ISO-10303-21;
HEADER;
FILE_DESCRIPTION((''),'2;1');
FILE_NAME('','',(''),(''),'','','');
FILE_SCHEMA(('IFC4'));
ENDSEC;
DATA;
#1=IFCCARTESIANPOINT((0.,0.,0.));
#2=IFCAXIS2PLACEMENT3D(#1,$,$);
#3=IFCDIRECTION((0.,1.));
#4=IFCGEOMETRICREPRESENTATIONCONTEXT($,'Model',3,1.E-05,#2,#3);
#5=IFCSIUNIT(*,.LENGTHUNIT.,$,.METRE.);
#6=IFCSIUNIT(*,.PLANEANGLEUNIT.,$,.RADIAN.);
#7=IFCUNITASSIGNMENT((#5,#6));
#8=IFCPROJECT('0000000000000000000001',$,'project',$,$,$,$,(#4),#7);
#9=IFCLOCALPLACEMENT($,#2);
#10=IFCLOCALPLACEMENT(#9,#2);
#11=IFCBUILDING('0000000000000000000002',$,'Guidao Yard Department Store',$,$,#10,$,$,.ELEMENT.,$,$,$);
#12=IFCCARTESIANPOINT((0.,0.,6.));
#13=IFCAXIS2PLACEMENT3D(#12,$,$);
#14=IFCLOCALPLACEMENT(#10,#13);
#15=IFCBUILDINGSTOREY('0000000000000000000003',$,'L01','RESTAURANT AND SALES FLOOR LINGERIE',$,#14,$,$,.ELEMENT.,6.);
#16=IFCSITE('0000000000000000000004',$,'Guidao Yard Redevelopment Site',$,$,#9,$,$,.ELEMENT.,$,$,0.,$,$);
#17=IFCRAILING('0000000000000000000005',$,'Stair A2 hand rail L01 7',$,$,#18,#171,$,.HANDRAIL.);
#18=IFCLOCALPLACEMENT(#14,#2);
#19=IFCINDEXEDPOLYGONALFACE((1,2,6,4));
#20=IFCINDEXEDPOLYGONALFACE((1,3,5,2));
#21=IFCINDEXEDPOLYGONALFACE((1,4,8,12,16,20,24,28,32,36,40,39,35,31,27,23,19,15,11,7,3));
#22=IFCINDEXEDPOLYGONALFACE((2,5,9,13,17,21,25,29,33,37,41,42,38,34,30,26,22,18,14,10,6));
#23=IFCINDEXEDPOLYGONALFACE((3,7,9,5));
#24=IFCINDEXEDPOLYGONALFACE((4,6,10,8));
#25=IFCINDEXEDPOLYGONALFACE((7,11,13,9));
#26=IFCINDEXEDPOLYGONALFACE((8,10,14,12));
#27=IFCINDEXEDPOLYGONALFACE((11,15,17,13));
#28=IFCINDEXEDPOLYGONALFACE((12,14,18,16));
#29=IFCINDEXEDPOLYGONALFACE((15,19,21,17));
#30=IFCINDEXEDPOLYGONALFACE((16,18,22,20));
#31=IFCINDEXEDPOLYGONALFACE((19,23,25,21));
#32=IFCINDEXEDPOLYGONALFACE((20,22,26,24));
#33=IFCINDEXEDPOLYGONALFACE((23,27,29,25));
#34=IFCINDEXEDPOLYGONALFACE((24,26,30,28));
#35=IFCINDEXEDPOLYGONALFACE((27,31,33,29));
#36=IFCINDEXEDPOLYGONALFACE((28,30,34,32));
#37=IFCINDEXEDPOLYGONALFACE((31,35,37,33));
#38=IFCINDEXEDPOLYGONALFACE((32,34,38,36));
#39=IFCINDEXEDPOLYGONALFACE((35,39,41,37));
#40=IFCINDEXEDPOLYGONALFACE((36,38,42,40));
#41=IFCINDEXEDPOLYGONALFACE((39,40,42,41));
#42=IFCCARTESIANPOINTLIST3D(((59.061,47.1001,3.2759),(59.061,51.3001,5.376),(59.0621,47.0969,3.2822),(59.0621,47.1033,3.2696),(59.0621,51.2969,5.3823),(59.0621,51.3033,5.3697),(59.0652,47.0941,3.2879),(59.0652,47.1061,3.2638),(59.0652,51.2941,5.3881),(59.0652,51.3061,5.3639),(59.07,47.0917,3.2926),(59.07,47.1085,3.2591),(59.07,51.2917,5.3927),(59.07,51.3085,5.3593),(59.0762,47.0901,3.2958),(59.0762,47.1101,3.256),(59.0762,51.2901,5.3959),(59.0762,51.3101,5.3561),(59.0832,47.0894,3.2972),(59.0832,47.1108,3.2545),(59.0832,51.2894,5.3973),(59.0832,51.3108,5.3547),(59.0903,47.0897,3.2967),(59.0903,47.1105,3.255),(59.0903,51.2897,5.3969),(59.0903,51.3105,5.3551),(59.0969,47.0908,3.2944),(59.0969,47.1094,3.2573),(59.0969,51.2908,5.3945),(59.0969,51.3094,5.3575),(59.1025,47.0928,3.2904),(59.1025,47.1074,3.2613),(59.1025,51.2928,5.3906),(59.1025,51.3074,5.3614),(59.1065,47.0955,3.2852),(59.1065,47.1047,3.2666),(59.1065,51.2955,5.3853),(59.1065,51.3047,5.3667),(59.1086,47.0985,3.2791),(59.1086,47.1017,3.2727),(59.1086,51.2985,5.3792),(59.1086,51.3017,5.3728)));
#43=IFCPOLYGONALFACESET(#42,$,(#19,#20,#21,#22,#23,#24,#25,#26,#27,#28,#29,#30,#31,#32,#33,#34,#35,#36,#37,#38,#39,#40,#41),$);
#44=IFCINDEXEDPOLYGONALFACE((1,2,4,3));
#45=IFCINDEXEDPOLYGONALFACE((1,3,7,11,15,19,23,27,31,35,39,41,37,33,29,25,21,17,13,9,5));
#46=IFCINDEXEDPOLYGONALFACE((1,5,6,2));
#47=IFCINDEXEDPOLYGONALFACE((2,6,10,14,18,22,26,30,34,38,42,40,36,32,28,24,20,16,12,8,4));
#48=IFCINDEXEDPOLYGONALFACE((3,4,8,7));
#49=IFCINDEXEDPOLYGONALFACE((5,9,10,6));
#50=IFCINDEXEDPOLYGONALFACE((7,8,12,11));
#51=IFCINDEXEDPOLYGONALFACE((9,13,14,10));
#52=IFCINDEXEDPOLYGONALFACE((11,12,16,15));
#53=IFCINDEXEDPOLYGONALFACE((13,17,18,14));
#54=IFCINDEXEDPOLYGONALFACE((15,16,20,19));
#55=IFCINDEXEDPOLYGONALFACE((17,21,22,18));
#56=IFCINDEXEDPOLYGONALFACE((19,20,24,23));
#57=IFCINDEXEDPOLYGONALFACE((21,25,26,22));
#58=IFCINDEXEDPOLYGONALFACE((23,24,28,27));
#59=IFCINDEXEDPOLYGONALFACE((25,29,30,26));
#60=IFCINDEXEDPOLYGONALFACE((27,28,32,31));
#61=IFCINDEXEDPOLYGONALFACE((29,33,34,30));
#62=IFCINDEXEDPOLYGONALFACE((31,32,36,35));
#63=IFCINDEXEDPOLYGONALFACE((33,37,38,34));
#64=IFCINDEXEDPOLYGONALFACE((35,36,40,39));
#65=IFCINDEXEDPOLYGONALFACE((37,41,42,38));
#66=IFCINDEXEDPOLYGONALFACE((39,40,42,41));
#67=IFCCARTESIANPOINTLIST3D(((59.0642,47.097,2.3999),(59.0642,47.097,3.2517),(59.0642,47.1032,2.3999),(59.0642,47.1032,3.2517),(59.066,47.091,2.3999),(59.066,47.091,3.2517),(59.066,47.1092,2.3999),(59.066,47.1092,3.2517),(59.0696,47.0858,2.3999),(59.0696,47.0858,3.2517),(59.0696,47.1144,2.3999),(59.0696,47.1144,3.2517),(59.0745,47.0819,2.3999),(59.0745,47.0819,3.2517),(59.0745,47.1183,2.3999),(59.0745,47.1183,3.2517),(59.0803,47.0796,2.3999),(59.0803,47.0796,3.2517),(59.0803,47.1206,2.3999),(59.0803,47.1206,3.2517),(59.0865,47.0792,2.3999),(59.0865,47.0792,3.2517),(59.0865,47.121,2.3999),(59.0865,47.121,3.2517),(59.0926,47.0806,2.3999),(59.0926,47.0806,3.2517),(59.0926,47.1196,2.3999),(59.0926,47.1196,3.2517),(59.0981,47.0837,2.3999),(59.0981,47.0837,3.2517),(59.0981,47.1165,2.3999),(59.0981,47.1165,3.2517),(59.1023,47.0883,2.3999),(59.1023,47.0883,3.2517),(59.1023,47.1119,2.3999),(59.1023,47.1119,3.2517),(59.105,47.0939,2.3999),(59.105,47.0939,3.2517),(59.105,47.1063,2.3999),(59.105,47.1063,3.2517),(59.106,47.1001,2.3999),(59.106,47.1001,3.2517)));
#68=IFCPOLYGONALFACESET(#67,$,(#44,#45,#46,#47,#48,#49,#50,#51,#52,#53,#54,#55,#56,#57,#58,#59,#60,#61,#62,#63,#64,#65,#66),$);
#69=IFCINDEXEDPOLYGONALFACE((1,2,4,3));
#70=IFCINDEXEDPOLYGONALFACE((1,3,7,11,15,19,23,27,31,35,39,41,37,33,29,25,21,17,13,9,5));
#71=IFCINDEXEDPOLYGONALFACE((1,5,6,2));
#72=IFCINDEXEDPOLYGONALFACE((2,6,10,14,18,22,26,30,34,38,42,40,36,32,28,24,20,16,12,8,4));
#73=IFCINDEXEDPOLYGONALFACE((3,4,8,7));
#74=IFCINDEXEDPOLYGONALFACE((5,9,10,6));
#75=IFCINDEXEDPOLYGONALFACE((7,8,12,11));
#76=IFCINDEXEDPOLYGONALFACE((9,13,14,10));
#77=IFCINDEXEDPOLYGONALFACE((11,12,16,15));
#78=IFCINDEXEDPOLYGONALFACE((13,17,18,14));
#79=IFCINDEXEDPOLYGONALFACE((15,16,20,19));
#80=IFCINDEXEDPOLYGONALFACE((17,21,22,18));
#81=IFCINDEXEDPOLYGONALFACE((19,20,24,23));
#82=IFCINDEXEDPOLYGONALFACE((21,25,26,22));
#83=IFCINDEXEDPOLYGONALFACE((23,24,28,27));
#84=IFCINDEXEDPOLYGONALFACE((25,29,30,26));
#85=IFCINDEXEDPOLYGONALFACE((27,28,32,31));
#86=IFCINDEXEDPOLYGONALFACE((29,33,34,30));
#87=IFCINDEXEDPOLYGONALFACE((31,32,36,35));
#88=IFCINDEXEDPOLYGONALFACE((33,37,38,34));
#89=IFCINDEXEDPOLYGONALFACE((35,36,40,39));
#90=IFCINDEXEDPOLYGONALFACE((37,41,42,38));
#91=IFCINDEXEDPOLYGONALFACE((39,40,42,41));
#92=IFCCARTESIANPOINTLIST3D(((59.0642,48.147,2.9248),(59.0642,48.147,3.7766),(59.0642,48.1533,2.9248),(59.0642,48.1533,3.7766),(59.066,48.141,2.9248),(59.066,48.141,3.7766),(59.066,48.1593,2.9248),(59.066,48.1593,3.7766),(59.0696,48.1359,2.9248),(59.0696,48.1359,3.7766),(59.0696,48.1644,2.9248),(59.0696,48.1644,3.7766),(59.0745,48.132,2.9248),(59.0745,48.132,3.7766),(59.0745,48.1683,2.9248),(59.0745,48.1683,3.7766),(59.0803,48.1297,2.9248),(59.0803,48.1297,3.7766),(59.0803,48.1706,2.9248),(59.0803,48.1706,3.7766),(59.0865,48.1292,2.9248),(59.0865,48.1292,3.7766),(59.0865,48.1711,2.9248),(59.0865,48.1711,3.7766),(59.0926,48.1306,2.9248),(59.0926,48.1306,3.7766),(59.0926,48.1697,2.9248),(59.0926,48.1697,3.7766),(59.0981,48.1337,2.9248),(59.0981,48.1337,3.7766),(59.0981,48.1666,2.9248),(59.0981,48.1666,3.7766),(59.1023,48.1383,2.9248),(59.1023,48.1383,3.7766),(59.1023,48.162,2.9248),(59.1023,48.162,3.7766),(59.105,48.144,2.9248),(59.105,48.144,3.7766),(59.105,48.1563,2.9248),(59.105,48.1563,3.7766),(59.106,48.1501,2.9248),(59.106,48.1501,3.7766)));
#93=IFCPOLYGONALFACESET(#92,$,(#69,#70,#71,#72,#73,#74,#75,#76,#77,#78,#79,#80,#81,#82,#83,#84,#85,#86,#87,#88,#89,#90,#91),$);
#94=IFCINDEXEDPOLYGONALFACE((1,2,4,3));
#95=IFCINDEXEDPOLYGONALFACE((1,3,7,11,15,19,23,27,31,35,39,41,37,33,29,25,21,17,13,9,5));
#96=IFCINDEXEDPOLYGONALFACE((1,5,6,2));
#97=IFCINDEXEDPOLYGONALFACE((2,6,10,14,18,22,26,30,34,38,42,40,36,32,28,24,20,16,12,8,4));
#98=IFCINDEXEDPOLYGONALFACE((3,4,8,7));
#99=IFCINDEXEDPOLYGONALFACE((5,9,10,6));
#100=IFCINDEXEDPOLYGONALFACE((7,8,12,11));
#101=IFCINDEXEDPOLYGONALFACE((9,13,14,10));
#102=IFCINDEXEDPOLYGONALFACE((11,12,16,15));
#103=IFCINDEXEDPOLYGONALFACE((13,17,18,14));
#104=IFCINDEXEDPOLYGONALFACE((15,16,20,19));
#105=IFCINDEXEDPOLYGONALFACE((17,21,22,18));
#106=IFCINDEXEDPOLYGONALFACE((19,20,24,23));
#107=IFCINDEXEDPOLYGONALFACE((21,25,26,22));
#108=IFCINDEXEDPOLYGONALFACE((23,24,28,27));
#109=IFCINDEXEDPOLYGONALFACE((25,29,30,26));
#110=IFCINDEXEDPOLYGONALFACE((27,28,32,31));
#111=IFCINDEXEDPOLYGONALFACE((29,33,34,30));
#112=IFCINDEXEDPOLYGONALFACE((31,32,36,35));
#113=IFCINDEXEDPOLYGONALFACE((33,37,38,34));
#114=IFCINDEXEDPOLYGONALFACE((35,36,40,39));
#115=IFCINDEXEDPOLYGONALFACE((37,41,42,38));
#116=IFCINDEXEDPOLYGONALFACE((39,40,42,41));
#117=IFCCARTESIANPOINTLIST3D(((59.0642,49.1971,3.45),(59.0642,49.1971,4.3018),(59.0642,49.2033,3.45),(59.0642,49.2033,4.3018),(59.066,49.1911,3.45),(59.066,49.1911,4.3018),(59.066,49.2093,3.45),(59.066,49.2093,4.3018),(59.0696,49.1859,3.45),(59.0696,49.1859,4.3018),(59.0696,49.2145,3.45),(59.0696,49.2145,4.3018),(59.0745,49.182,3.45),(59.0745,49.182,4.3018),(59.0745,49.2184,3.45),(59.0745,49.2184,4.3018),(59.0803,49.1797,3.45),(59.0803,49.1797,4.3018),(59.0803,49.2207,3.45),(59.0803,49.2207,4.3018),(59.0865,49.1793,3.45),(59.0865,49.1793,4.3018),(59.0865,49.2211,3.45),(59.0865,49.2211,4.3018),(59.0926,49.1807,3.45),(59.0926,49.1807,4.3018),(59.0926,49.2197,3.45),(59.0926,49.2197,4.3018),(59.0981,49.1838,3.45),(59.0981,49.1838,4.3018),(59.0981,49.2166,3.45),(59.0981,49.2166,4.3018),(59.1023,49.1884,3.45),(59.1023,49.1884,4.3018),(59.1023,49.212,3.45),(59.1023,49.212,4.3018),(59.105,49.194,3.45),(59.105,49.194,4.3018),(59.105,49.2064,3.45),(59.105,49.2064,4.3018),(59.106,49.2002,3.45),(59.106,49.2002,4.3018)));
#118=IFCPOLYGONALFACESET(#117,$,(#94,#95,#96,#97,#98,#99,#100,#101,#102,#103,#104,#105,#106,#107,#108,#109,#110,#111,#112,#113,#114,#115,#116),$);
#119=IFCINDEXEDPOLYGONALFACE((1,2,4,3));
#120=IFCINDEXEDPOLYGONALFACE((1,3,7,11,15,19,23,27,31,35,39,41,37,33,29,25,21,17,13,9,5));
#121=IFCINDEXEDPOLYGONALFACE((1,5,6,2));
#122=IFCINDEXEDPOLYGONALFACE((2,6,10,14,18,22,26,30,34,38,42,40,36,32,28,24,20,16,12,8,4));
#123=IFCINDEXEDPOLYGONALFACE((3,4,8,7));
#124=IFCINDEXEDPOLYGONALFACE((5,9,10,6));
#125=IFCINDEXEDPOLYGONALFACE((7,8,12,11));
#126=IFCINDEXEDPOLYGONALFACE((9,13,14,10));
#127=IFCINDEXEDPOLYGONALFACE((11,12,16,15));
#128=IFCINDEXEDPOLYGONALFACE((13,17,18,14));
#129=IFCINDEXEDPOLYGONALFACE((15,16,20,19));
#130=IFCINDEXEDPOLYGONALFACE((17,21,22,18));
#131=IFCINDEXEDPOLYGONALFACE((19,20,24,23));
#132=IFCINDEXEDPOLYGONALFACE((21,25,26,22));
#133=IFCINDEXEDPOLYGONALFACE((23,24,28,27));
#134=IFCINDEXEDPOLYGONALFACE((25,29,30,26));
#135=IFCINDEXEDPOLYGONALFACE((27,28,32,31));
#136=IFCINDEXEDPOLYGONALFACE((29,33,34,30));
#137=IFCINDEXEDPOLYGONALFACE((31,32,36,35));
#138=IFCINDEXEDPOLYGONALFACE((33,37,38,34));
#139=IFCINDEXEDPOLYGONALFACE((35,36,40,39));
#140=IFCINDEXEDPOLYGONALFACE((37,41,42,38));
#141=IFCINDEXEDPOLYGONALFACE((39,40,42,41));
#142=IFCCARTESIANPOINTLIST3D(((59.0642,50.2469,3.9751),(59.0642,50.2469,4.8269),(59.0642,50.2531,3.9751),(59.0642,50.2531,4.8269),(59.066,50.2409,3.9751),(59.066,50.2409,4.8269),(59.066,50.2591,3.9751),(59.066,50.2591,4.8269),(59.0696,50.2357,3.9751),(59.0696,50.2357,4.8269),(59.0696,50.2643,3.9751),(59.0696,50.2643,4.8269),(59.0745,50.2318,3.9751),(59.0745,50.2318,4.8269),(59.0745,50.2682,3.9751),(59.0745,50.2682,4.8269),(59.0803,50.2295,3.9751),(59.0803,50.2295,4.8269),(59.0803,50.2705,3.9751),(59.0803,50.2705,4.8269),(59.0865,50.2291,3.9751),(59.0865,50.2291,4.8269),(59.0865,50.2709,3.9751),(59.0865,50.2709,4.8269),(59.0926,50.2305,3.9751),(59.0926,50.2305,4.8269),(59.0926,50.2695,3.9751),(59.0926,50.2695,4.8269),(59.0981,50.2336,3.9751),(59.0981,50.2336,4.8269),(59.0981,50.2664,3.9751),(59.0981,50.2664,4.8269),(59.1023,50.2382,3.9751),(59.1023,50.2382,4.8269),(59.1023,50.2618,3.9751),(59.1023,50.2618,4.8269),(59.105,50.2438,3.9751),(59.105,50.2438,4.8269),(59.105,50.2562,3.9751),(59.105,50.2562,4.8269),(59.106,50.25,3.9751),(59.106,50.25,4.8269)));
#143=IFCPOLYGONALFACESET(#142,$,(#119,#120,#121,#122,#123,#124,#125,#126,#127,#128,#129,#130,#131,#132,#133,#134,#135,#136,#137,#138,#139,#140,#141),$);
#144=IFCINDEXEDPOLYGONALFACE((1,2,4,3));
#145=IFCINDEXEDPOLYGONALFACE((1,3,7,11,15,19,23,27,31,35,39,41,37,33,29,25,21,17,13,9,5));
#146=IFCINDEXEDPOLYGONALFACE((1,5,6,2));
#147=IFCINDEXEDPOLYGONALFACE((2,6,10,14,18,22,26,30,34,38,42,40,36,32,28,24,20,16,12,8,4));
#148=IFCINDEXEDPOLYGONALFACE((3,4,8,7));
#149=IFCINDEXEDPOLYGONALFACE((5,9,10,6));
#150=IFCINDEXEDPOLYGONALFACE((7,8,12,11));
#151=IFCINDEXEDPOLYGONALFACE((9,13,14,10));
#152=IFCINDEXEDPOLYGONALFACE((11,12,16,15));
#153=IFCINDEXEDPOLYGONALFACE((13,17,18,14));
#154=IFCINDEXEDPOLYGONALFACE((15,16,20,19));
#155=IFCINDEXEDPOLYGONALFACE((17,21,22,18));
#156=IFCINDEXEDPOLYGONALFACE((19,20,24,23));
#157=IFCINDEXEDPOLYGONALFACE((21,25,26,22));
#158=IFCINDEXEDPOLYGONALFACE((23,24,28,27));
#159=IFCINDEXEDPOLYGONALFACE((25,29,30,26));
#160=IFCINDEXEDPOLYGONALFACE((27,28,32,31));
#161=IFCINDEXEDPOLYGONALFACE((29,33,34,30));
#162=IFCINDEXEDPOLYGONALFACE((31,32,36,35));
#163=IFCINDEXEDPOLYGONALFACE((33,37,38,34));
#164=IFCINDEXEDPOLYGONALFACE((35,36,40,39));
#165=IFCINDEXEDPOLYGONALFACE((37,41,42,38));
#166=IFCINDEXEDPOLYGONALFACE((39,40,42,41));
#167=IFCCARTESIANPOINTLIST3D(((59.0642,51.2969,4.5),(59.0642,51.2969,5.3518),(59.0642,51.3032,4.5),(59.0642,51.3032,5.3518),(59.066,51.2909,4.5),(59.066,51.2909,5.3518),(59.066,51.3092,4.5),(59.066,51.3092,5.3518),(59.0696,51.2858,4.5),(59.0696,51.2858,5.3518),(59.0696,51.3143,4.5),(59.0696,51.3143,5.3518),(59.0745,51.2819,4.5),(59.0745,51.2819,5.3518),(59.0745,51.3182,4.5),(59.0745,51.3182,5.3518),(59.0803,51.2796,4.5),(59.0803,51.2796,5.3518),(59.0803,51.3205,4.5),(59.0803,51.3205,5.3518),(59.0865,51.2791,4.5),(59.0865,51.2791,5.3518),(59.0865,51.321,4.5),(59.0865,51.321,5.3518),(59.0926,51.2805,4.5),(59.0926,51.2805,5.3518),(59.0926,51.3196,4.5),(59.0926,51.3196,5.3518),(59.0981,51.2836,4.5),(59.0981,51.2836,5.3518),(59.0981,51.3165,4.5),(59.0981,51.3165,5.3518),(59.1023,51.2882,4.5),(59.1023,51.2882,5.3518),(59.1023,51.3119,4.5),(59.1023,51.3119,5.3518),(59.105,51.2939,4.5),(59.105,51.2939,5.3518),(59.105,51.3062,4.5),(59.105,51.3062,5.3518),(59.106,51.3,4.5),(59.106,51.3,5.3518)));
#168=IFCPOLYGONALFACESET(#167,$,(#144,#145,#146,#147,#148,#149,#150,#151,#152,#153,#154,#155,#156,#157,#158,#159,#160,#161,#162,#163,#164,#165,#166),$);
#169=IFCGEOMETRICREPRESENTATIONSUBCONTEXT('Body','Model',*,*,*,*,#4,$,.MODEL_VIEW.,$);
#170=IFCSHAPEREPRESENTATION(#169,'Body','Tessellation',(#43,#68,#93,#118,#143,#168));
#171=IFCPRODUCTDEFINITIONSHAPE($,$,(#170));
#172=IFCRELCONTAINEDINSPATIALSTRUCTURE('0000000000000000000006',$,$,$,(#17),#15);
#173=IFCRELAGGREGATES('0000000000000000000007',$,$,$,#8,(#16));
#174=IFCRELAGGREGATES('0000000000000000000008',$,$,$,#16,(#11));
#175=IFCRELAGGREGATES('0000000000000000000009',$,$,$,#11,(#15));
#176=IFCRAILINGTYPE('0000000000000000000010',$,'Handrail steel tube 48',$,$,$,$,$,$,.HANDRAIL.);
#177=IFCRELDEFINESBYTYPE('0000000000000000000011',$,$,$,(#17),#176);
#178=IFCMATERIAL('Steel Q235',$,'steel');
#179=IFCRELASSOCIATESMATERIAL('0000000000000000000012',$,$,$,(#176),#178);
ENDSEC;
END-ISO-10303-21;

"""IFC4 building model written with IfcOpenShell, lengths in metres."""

from ifc_helpers import new_model, si_unit, direction, frame, origin, origin_2d, place, context, subcontext, project, spatial, circle, extrude, material, type_object, element, save


model = new_model("IFC4")

# Units and contexts
model_context = context("Model", 3, precision=1e-05, world=origin(), true_north=direction((0.0, 1.0)))
body_context = subcontext(model_context, "Body", "Model", "MODEL_VIEW")
ifc_project = project(units=[si_unit("LENGTHUNIT", "METRE"), si_unit("PLANEANGLEUNIT", "RADIAN")], contexts=[model_context])

# Site, building, storey
site_placement = place(None, origin())
site = spatial("IfcSite", under=ifc_project, at=site_placement, Name="Guidao Yard Redevelopment Site", CompositionType="ELEMENT", RefElevation=0.0)
building_placement = place(site_placement, origin())
building = spatial("IfcBuilding", under=site, at=building_placement, Name="Guidao Yard Department Store", CompositionType="ELEMENT")
storey_placement = place(building_placement, frame((0.0, 0.0, 6.0)))
storey = spatial("IfcBuildingStorey", under=building, at=storey_placement, Name="L01", Description="RESTAURANT AND SALES FLOOR LINGERIE", CompositionType="ELEMENT", Elevation=6.0)

# Railing
ifc_material_1 = material(Name="Steel Q235", Category="steel")
railing_type_1 = type_object("IfcRailingType", Name="Handrail steel tube 48", PredefinedType="HANDRAIL", material=ifc_material_1)
for number, where, name in (
    (1, (59.085, 47.1001, 2.3999), "Stair A2 hand rail L01 7"),
):
    element("IfcRailing", number, at=place(storey_placement, frame(where)), inside=storey, type_object=railing_type_1, Name=name, PredefinedType="HANDRAIL", context=body_context, shape_type="SweptSolid", body=[
        extrude(circle(Radius=0.0239, at=origin_2d()), frame((0.0, 0.0, 0.876), z_axis=(0.0, 0.894417, 0.447234), x_axis=(-1.0, 0.0, 0.0)), (0.0, 0.0, 1.0), 4.6958),
        extrude(circle(Radius=0.021, at=origin_2d()), origin(), (0.0, 0.0, 1.0), 0.8518),
        extrude(circle(Radius=0.021, at=origin_2d()), frame((0.0, 1.05, 0.5249)), (0.0, 0.0, 1.0), 0.8518),
        extrude(circle(Radius=0.021, at=origin_2d()), frame((0.0, 2.1001, 1.05)), (0.0, 0.0, 1.0), 0.8518),
        extrude(circle(Radius=0.021, at=origin_2d()), frame((0.0, 3.1499, 1.5752)), (0.0, 0.0, 1.0), 0.8518),
        extrude(circle(Radius=0.021, at=origin_2d()), frame((0.0, 4.2, 2.1001)), (0.0, 0.0, 1.0), 0.8518),
    ])

save(model, "model.ifc")
